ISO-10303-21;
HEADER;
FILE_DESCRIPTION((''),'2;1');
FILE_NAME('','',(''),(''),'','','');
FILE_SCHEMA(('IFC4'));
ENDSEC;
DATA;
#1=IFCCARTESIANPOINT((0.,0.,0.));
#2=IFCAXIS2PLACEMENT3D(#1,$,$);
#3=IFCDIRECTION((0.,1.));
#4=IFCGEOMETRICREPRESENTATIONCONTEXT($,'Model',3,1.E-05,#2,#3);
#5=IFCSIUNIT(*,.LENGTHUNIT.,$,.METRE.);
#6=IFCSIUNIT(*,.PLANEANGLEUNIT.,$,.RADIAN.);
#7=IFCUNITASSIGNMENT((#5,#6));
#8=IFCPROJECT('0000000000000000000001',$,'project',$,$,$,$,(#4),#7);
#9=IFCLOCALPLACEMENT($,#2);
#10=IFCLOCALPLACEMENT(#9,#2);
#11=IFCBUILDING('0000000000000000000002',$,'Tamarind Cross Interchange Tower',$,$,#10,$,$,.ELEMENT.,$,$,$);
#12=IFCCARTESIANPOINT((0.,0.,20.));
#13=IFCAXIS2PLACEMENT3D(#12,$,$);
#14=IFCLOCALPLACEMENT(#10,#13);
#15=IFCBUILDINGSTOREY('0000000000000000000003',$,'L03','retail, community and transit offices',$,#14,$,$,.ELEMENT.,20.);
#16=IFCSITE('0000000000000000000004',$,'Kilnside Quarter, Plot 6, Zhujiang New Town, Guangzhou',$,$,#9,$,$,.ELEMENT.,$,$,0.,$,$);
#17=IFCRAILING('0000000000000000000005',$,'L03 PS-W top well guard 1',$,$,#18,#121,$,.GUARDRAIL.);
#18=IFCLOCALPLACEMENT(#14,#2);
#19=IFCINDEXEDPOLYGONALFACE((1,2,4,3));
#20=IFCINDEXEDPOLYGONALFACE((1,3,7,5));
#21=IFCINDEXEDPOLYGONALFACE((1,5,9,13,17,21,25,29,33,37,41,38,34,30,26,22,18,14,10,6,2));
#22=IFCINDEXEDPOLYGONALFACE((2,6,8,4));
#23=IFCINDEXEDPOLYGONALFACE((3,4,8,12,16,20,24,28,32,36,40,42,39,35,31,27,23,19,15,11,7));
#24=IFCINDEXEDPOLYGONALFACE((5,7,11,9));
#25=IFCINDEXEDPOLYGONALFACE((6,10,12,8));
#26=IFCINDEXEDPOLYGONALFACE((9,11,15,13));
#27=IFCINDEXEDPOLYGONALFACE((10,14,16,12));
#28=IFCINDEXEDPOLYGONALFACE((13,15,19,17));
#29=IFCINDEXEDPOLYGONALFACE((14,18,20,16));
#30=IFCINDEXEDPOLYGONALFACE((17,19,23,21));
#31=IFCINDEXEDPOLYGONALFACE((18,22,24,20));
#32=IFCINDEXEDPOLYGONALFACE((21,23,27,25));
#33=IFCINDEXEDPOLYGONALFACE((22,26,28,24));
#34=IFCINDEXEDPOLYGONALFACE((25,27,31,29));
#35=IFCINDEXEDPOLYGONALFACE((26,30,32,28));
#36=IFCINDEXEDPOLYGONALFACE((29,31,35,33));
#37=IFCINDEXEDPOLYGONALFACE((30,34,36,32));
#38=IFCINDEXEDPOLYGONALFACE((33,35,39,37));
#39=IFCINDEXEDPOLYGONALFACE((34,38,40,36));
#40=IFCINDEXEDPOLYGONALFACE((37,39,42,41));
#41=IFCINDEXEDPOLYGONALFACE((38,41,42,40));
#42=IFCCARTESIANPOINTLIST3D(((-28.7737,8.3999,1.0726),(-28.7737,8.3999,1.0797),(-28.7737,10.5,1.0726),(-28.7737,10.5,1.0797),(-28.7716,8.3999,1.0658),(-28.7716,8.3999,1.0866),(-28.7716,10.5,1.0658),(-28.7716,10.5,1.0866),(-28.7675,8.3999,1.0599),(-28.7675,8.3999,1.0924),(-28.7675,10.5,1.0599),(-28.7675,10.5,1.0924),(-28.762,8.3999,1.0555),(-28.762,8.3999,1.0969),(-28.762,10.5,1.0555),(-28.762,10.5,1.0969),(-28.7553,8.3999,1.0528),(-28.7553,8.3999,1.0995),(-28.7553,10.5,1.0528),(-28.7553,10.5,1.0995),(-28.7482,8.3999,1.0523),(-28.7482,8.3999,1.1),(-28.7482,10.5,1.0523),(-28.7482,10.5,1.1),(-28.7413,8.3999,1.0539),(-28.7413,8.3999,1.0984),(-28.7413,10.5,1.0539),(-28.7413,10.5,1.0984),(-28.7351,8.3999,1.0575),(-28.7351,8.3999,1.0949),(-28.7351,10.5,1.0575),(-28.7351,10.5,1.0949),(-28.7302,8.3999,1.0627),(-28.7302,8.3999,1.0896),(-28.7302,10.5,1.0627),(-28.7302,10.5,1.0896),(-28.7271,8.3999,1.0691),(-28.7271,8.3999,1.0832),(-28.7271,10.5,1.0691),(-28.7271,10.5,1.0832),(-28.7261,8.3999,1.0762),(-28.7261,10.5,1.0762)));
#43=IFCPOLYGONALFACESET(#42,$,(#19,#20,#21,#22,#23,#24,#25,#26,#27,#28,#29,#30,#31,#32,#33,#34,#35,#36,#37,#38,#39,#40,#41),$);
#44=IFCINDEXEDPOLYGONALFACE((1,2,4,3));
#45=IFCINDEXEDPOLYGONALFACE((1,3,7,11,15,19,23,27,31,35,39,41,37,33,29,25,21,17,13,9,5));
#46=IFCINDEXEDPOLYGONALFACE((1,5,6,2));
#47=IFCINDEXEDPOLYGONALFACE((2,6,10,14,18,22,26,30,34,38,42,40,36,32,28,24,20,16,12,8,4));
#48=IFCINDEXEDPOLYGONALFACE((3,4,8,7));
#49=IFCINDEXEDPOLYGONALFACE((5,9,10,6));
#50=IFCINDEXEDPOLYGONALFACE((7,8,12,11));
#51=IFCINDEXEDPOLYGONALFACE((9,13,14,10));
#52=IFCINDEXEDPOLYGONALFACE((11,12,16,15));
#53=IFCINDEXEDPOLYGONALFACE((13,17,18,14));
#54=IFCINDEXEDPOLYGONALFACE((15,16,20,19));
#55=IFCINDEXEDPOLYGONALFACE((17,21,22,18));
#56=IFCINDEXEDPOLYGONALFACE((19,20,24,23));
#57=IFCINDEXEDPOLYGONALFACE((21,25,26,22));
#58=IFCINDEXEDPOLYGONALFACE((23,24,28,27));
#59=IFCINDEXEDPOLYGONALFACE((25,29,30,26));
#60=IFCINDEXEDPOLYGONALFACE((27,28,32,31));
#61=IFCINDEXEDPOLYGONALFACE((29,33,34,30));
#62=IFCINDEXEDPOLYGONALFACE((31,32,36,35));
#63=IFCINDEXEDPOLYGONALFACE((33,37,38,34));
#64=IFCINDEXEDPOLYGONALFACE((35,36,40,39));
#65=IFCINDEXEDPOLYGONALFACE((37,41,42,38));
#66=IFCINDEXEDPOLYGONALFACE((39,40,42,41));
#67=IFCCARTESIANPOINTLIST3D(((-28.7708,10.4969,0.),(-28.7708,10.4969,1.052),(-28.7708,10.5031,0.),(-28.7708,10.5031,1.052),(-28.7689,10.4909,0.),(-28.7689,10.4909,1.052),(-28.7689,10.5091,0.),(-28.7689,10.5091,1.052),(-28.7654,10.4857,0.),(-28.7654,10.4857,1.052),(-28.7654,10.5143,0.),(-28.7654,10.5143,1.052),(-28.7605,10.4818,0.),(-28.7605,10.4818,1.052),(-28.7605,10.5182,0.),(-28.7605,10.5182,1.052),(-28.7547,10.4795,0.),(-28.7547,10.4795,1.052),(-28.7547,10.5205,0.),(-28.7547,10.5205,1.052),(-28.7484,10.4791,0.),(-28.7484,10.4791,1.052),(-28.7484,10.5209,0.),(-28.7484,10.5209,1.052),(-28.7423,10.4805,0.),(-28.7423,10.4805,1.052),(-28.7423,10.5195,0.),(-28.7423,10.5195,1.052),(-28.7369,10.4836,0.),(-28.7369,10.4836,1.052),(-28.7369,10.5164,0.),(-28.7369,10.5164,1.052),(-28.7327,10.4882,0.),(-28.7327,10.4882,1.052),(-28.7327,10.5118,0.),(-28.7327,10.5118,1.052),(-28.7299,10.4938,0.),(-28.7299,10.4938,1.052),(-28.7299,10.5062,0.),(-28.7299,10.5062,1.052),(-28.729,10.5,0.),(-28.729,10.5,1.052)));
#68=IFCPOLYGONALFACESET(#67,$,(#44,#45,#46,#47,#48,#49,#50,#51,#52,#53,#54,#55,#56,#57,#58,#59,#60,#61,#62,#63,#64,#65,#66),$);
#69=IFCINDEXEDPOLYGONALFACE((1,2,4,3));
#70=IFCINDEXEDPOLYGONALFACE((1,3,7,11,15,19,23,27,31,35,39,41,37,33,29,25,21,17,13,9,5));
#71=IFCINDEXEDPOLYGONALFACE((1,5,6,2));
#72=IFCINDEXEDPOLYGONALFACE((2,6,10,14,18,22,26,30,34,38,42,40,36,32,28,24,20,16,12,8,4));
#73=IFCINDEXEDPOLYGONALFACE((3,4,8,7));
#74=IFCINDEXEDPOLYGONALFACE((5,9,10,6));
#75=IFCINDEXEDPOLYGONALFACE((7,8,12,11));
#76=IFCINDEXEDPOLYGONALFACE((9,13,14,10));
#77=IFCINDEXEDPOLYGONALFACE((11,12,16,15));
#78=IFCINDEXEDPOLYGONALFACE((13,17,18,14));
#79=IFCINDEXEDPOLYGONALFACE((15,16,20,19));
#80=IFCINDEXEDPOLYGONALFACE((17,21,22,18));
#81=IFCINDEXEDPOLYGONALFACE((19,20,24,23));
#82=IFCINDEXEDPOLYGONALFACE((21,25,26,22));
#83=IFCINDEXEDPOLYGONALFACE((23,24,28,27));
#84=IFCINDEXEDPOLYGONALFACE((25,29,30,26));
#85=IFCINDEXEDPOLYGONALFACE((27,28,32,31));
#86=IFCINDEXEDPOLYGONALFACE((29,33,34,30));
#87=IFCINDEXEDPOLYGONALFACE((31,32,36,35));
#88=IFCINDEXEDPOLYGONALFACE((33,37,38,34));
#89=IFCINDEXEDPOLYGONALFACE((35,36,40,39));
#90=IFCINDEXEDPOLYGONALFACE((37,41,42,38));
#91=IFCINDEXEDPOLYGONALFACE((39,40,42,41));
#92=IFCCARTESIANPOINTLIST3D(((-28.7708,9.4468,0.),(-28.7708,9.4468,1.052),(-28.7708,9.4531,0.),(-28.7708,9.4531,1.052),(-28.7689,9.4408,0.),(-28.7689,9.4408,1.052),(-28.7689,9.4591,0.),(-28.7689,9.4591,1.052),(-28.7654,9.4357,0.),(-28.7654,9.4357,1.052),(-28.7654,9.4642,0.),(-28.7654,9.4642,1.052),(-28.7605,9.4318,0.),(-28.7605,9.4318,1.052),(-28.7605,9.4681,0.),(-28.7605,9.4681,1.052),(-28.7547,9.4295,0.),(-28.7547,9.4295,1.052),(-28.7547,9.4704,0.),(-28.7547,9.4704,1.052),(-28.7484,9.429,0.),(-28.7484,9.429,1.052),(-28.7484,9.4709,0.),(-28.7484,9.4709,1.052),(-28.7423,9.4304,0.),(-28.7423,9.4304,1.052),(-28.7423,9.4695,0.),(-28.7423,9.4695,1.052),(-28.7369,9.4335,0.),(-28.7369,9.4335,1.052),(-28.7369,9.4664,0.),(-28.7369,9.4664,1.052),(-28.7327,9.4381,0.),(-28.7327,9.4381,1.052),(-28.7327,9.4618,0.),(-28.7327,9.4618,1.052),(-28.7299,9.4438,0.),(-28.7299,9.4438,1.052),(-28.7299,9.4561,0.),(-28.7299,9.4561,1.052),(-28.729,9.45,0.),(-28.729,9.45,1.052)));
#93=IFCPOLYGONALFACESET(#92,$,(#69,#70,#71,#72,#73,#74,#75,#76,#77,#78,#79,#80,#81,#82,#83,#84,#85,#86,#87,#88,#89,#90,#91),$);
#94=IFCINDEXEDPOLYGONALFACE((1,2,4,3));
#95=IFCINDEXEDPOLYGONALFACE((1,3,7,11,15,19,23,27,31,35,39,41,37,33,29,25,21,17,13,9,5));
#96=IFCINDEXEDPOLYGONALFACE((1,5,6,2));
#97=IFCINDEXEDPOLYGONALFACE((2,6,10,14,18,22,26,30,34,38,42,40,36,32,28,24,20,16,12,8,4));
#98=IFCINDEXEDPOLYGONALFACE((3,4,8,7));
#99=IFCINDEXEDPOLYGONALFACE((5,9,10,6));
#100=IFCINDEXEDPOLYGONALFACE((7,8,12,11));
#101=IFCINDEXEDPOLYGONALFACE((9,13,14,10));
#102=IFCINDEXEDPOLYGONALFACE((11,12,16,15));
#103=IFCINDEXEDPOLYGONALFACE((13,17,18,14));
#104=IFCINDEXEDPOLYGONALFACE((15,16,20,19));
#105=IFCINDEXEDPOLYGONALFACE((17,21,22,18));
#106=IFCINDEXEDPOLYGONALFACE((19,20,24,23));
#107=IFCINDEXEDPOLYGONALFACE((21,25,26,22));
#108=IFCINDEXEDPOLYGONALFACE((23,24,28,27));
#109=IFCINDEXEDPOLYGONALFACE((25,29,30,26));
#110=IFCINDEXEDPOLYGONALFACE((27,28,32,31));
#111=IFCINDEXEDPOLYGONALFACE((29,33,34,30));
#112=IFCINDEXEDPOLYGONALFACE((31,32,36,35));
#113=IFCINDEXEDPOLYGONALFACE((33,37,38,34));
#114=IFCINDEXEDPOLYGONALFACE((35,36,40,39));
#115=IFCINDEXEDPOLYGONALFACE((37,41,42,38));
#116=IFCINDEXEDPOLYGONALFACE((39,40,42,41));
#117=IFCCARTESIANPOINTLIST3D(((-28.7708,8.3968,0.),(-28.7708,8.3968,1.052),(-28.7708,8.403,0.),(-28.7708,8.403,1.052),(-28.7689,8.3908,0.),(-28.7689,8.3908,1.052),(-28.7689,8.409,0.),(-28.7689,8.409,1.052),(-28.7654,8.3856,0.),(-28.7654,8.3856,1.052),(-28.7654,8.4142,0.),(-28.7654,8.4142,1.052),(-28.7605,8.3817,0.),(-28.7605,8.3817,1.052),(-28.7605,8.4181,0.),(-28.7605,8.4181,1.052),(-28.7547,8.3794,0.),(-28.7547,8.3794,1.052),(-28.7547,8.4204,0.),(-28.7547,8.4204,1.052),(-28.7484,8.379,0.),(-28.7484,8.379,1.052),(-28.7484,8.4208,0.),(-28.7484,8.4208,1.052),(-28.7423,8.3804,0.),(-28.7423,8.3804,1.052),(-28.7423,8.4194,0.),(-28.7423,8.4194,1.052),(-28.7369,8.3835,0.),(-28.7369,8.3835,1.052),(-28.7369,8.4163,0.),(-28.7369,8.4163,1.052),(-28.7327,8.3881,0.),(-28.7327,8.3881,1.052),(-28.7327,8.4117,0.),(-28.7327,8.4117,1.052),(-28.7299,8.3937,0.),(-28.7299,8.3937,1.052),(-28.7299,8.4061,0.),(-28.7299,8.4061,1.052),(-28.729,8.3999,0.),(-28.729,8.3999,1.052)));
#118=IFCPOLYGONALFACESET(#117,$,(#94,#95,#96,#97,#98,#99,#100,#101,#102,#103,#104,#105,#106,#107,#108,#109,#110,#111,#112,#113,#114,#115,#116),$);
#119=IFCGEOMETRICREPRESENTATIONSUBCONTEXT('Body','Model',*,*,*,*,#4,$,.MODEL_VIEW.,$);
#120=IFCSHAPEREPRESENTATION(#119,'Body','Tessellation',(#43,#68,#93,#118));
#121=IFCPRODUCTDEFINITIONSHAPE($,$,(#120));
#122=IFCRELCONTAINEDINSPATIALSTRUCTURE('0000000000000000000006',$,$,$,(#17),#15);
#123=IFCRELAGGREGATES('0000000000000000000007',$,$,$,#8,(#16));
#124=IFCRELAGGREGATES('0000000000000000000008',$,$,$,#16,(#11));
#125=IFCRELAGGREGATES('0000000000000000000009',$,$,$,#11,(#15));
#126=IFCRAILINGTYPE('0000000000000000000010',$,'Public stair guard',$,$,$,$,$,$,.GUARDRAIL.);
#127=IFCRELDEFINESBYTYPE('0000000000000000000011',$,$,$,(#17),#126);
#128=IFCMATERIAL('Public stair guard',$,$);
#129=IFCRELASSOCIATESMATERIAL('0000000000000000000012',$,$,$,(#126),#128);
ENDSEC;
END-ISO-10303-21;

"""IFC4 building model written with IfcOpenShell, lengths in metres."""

from ifc_helpers import new_model, si_unit, direction, frame, origin, origin_2d, place, context, subcontext, project, spatial, circle, extrude, material, type_object, element, save


model = new_model("IFC4")

# Units and contexts
model_context = context("Model", 3, precision=1e-05, world=origin(), true_north=direction((0.0, 1.0)))
body_context = subcontext(model_context, "Body", "Model", "MODEL_VIEW")
ifc_project = project(units=[si_unit("LENGTHUNIT", "METRE"), si_unit("PLANEANGLEUNIT", "RADIAN")], contexts=[model_context])

# Site, building, storey
site_placement = place(None, origin())
site = spatial("IfcSite", under=ifc_project, at=site_placement, Name="Kilnside Quarter, Plot 6, Zhujiang New Town, Guangzhou", CompositionType="ELEMENT", RefElevation=0.0)
building_placement = place(site_placement, origin())
building = spatial("IfcBuilding", under=site, at=building_placement, Name="Tamarind Cross Interchange Tower", CompositionType="ELEMENT")
storey_placement = place(building_placement, frame((0.0, 0.0, 20.0)))
storey = spatial("IfcBuildingStorey", under=building, at=storey_placement, Name="L03", Description="retail, community and transit offices", CompositionType="ELEMENT", Elevation=20.0)

# Railing
ifc_material_1 = material(Name="Public stair guard")
railing_type_1 = type_object("IfcRailingType", Name="Public stair guard", PredefinedType="GUARDRAIL", material=ifc_material_1)
railing_1_placement = place(storey_placement, frame((-28.75, 10.5, 0.0)))
element("IfcRailing", 1, at=railing_1_placement, inside=storey, type_object=railing_type_1, Name="L03 PS-W top well guard 1", PredefinedType="GUARDRAIL", context=body_context, shape_type="SweptSolid", body=[
    extrude(circle(Radius=0.0239, at=origin_2d()), frame((0.0, 0.0, 1.0762), z_axis=(0.0, -1.0, 0.0), x_axis=(1.0, 0.0, 0.0)), (0.0, 0.0, 1.0), 2.1001),
    extrude(circle(Radius=0.021, at=origin_2d()), origin(), (0.0, 0.0, 1.0), 1.052),
    extrude(circle(Radius=0.021, at=origin_2d()), frame((0.0, -1.05, 0.0)), (0.0, 0.0, 1.0), 1.052),
    extrude(circle(Radius=0.021, at=origin_2d()), frame((0.0, -2.1001, 0.0)), (0.0, 0.0, 1.0), 1.052),
])

save(model, "model.ifc")
